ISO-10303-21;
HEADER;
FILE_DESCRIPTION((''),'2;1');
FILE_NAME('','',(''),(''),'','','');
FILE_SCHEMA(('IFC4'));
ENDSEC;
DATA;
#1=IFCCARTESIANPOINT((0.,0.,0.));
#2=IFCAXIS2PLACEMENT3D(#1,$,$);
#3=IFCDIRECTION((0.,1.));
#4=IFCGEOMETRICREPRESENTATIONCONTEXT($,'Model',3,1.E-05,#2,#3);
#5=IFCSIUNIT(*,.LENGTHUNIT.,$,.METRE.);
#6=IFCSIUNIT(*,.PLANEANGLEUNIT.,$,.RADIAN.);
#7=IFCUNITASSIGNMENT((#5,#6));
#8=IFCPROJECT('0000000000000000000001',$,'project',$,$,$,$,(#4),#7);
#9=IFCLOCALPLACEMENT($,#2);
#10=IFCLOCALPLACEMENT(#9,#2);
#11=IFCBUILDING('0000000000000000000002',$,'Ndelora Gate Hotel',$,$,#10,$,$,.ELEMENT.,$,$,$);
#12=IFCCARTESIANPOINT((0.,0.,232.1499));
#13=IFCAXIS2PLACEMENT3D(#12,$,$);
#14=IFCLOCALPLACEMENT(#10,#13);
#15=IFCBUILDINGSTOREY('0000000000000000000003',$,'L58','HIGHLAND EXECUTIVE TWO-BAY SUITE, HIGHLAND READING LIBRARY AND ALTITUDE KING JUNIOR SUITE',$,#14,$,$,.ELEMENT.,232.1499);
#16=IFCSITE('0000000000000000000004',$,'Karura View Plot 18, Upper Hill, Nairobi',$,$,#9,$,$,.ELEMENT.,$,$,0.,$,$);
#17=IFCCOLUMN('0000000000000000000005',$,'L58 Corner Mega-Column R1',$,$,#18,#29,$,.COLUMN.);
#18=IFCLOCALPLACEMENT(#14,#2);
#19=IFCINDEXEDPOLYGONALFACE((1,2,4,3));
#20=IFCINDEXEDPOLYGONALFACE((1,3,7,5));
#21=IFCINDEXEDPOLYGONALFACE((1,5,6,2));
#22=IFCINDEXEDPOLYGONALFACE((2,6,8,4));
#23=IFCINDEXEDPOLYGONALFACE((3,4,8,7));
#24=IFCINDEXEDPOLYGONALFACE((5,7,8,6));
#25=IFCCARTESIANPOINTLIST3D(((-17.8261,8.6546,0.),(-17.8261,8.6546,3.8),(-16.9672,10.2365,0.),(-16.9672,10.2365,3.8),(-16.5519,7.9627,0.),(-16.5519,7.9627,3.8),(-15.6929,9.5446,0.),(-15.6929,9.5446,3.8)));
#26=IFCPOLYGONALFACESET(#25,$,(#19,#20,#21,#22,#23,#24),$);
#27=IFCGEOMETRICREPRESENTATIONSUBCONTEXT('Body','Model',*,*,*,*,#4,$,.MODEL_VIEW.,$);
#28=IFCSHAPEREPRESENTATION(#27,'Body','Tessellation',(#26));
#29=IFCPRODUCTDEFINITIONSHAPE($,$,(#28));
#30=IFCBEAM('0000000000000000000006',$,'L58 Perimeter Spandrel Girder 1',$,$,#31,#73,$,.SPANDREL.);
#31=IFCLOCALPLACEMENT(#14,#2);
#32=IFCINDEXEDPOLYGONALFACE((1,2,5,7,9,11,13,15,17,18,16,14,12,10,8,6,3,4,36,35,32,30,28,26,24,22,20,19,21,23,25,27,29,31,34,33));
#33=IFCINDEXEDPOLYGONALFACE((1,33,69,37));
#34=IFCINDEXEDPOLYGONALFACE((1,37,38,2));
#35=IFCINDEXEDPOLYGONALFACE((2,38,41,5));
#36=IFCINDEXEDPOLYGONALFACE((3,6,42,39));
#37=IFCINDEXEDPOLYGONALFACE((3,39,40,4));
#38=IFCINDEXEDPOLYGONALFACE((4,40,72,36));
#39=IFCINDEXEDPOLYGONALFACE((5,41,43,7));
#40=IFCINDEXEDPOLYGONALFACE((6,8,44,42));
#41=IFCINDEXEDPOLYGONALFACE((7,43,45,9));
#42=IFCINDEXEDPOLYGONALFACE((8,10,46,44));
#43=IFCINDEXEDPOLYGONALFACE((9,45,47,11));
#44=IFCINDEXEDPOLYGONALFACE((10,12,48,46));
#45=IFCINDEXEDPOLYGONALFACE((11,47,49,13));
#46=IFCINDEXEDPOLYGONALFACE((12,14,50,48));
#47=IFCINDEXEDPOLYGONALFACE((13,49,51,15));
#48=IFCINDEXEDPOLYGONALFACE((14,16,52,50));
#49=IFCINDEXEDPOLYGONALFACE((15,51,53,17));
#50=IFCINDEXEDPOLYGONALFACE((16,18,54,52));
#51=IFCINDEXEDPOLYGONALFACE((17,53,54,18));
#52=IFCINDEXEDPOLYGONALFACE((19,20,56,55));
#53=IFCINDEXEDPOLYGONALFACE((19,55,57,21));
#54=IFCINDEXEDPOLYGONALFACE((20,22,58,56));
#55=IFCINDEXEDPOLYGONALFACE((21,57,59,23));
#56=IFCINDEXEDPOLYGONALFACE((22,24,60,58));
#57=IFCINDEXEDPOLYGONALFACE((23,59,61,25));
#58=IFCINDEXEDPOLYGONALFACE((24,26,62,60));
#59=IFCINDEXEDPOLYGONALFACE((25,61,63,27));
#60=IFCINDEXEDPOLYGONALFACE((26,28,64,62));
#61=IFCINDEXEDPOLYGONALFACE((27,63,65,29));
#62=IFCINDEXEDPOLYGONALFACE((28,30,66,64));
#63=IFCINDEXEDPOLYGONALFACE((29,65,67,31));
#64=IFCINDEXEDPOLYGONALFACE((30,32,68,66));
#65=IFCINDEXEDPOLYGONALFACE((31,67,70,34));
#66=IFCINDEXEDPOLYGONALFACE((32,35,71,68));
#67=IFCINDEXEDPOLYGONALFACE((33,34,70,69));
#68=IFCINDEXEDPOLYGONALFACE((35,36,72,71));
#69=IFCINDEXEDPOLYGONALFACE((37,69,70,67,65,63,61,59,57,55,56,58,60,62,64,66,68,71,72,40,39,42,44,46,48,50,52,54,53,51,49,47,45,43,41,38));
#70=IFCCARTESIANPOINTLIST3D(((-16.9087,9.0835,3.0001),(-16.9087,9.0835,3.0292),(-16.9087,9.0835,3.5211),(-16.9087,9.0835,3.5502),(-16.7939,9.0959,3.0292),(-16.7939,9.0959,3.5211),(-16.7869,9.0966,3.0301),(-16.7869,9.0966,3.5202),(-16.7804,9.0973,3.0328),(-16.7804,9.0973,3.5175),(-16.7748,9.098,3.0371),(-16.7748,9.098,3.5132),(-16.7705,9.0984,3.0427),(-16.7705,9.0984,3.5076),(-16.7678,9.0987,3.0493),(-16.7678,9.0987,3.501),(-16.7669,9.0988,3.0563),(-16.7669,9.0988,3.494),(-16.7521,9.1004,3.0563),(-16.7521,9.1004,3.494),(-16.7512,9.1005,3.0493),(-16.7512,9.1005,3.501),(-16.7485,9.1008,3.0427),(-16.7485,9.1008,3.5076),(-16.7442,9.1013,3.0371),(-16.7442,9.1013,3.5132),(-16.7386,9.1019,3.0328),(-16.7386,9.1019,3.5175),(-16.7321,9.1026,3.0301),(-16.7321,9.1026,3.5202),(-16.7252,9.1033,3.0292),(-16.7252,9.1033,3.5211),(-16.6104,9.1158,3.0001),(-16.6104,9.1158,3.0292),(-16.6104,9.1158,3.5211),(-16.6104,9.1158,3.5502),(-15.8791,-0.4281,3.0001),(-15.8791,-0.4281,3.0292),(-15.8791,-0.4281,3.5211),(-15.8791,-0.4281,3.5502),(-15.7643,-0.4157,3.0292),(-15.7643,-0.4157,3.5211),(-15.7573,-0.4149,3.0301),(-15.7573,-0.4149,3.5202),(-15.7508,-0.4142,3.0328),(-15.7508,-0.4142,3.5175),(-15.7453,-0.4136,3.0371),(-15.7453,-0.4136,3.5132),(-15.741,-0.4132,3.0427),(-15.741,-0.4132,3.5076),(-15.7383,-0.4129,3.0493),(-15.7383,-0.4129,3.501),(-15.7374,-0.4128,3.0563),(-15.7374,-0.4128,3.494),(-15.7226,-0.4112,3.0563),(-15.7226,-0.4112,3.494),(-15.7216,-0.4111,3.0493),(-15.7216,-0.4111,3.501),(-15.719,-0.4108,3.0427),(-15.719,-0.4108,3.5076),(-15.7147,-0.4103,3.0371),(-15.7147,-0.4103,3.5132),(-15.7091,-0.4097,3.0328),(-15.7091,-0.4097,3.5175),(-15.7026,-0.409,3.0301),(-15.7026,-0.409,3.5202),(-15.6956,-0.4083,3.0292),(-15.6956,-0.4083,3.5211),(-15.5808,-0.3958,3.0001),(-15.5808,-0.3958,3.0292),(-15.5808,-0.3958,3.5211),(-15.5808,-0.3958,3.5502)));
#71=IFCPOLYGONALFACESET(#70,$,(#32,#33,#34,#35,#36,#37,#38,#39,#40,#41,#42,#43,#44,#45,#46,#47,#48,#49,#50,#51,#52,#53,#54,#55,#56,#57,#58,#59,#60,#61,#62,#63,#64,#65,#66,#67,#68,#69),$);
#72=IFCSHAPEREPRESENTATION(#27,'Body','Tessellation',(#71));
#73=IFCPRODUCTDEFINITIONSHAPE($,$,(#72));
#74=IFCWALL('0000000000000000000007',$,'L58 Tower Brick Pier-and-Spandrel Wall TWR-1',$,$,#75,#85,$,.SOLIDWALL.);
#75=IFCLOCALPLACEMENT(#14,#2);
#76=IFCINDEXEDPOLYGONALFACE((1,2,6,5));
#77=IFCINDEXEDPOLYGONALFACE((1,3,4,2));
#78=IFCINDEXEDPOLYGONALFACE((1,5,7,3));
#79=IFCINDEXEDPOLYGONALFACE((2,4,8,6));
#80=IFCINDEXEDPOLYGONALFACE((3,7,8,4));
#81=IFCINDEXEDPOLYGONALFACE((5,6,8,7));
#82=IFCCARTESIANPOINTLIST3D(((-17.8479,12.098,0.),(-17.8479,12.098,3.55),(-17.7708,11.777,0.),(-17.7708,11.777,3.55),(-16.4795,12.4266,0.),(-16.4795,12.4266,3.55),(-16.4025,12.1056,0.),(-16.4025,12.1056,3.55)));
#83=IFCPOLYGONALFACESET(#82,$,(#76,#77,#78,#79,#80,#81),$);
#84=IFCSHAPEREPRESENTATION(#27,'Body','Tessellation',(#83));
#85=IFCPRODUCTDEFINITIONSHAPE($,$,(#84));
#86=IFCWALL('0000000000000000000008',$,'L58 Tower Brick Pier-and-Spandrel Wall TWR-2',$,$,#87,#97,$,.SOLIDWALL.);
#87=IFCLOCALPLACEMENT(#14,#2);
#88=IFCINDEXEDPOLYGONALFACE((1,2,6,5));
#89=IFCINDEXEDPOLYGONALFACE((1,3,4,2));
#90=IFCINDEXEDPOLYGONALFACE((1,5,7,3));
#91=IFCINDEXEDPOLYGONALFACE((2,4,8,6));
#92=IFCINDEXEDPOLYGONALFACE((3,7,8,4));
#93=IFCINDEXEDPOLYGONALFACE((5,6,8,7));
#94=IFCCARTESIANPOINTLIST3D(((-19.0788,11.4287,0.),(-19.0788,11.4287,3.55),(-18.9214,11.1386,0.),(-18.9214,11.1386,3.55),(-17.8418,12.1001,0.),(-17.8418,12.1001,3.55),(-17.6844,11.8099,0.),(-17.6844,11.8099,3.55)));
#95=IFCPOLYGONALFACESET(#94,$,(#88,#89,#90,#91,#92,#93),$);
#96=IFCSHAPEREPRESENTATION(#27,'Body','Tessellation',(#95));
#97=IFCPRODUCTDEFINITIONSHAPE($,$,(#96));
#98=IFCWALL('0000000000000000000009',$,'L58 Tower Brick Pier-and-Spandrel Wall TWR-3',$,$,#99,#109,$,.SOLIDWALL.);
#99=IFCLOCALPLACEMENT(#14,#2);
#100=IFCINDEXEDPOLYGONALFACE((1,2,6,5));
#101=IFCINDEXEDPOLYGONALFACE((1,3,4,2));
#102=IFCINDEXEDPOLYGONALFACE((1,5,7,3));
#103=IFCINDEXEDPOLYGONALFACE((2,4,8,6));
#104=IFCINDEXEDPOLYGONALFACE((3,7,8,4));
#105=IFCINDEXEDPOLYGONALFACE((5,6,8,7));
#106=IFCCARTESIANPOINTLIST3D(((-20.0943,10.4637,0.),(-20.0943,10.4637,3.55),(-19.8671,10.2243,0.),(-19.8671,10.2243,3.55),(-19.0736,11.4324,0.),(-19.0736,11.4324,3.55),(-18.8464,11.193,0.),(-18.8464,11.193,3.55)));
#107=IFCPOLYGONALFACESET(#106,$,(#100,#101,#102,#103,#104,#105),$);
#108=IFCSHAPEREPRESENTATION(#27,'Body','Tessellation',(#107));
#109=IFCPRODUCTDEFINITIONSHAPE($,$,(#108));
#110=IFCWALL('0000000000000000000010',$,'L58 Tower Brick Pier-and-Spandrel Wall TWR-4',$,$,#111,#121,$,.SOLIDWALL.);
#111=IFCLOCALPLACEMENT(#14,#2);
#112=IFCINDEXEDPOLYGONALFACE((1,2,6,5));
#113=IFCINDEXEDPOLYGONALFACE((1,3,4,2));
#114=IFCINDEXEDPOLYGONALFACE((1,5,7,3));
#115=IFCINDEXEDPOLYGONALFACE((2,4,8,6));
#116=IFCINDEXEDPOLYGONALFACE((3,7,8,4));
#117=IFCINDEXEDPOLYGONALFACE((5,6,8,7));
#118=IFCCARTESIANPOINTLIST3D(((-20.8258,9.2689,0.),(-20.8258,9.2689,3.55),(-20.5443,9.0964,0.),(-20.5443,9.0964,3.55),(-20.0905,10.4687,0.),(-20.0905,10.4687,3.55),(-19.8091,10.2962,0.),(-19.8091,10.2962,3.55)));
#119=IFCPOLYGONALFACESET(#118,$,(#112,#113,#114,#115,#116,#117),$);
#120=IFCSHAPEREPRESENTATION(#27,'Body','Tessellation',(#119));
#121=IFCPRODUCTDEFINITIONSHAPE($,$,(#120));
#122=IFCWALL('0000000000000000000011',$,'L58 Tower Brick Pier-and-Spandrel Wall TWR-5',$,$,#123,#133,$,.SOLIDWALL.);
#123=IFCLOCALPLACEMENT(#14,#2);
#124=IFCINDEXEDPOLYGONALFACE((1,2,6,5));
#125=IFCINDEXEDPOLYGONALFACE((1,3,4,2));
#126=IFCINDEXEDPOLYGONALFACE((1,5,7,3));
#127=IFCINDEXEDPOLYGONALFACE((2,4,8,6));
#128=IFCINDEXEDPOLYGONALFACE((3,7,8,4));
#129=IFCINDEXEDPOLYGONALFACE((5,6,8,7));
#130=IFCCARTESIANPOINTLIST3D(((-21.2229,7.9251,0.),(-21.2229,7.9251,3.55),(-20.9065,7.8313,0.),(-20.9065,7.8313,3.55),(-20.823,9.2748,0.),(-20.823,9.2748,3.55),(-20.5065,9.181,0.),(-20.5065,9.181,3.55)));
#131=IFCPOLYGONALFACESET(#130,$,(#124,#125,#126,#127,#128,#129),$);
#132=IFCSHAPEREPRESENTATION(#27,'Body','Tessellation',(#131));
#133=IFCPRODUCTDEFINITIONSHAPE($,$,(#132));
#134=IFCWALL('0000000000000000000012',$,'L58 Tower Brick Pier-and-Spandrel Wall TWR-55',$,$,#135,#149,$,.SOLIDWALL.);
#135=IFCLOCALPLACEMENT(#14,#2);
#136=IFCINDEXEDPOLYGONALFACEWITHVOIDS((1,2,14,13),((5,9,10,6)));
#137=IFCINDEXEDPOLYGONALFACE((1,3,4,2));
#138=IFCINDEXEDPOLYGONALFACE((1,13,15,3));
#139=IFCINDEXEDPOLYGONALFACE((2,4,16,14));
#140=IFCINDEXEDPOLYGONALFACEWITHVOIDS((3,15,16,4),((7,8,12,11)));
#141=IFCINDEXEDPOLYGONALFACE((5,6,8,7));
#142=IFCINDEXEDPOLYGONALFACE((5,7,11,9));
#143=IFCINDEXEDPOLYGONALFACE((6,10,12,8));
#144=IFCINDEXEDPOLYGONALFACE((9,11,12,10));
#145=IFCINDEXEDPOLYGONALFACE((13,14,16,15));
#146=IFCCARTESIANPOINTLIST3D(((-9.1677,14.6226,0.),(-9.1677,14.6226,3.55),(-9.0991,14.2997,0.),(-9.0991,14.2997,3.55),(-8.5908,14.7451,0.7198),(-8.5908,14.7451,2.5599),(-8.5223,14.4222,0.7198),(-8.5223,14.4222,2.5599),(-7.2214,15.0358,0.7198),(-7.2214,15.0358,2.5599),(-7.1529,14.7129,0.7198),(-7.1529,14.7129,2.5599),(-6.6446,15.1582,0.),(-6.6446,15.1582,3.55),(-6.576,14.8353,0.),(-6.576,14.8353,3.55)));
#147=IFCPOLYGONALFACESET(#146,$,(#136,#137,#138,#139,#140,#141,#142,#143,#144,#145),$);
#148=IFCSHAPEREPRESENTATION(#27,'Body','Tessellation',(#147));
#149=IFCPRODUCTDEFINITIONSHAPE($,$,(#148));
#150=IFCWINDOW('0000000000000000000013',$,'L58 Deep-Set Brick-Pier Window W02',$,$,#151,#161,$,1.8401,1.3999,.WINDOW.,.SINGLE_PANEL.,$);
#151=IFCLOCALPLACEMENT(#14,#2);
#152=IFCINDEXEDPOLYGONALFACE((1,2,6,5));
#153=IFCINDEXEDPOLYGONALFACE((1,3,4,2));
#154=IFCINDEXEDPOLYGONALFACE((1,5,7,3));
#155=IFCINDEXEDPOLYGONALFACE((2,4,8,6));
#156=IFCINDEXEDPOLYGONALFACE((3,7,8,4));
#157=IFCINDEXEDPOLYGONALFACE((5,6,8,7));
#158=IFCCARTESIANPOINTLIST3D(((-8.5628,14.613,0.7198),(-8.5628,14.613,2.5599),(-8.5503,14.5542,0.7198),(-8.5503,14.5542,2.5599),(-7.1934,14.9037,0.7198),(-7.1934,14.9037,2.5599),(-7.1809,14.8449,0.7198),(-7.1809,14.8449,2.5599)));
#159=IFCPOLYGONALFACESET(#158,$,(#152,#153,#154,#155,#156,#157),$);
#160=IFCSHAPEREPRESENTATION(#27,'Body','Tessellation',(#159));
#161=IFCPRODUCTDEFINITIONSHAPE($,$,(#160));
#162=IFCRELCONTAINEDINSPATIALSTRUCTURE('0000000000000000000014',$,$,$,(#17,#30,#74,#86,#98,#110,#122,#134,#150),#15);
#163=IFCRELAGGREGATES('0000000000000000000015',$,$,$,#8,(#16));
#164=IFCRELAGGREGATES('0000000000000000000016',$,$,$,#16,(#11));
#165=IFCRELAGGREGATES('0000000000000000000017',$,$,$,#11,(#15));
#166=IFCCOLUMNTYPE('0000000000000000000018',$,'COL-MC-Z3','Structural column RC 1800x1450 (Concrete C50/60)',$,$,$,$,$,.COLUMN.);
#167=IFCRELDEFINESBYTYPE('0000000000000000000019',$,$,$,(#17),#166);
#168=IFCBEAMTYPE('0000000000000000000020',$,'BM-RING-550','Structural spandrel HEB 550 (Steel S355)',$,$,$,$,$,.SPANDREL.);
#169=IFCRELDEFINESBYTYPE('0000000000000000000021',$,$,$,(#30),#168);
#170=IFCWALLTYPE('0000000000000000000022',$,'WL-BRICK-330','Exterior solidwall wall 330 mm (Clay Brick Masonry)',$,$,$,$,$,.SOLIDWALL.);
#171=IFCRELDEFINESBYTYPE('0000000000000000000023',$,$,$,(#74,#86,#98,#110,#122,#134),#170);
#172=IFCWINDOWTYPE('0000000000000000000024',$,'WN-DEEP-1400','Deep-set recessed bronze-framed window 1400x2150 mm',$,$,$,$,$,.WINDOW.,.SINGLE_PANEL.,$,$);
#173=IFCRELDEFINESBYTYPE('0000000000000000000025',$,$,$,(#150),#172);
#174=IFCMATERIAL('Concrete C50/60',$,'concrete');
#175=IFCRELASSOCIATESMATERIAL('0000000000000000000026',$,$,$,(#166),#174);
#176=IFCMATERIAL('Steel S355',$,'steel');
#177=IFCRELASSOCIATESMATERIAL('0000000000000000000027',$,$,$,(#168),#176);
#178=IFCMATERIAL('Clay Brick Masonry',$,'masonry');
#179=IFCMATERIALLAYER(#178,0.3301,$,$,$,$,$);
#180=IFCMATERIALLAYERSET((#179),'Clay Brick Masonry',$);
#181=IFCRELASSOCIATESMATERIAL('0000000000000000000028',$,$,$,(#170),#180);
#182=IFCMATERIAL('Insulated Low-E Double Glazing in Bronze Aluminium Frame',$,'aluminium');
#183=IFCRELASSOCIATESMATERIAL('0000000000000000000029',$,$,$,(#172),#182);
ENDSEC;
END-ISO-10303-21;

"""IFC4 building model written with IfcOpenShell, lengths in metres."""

from ifc_helpers import new_model, si_unit, direction, frame, frame_2d, origin, origin_2d, place, context, subcontext, project, spatial, rectangle, i_section, extrude, material, layer, layer_set, material_profile, profile_set, type_object, element, fill, save


model = new_model("IFC4")

# Units and contexts
model_context = context("Model", 3, precision=1e-05, world=origin(), true_north=direction((0.0, 1.0)))
body_context = subcontext(model_context, "Body", "Model", "MODEL_VIEW")
ifc_project = project(units=[si_unit("LENGTHUNIT", "METRE"), si_unit("PLANEANGLEUNIT", "RADIAN")], contexts=[model_context])

# Site, building, storey
site_placement = place(None, origin())
site = spatial("IfcSite", under=ifc_project, at=site_placement, Name="Karura View Plot 18, Upper Hill, Nairobi", CompositionType="ELEMENT", RefElevation=0.0)
building_placement = place(site_placement, origin())
building = spatial("IfcBuilding", under=site, at=building_placement, Name="Ndelora Gate Hotel", CompositionType="ELEMENT")
storey_placement = place(building_placement, frame((0.0, 0.0, 232.1499)))
storey = spatial("IfcBuildingStorey", under=building, at=storey_placement, Name="L58", Description="HIGHLAND EXECUTIVE TWO-BAY SUITE, HIGHLAND READING LIBRARY AND ALTITUDE KING JUNIOR SUITE", CompositionType="ELEMENT", Elevation=232.1499)

# Column
ifc_material_1 = material(Name="Concrete C50/60", Category="concrete")
ifc_material_profile_1 = material_profile(ifc_material_1, rectangle(XDim=1.45, YDim=1.8, at=origin_2d()), Name="RC 1800x1450")
ifc_profile_set_1 = profile_set([ifc_material_profile_1], Name="Concrete C50/60")
column_type = type_object("IfcColumnType", Name="COL-MC-Z3", Description="Structural column RC 1800x1450 (Concrete C50/60)", PredefinedType="COLUMN", material=ifc_profile_set_1)
column_placement = place(storey_placement, frame((-16.7595, 9.0996, 0.0), z_axis=(0.0, 0.0, 1.0), x_axis=(-0.878817, 0.477159, 0.0)))
element("IfcColumn", 1, at=column_placement, inside=storey, type_object=column_type, Name="L58 Corner Mega-Column R1", PredefinedType="COLUMN", context=body_context, shape_type="SweptSolid", body=[
    extrude(rectangle(XDim=1.45, YDim=1.8, at=origin_2d()), origin(), (0.0, 0.0, 1.0), 3.8),
])

# Beam
ifc_material_2 = material(Name="Steel S355", Category="steel")
ifc_material_profile_2 = material_profile(ifc_material_2, i_section(OverallWidth=0.3, OverallDepth=0.55, WebThickness=0.0149, FlangeThickness=0.0291, FilletRadius=0.0271, at=origin_2d()), Name="HEB 550")
ifc_profile_set_2 = profile_set([ifc_material_profile_2], Name="Steel S355")
beam_type = type_object("IfcBeamType", Name="BM-RING-550", Description="Structural spandrel HEB 550 (Steel S355)", PredefinedType="SPANDREL", material=ifc_profile_set_2)
beam_placement = place(storey_placement, frame((-16.7595, 9.0996, 3.2751), z_axis=(0.107613, -0.994193, 0.0), x_axis=(0.994193, 0.107613, 0.0)))
element("IfcBeam", 2, at=beam_placement, inside=storey, type_object=beam_type, Name="L58 Perimeter Spandrel Girder 1", PredefinedType="SPANDREL", context=body_context, shape_type="SweptSolid", body=[
    extrude(i_section(OverallWidth=0.3, OverallDepth=0.55, WebThickness=0.0149, FlangeThickness=0.0291, FilletRadius=0.0271, at=origin_2d()), origin(), (0.0, 0.0, 1.0), 9.5671),
])

# Walls
ifc_material_3 = material(Name="Clay Brick Masonry", Category="masonry")
ifc_layer_1 = layer(ifc_material_3, 0.3301)
ifc_layer_set_1 = layer_set([ifc_layer_1], Name="Clay Brick Masonry")
wall_type_1 = type_object("IfcWallType", Name="WL-BRICK-330", Description="Exterior solidwall wall 330 mm (Clay Brick Masonry)", PredefinedType="SOLIDWALL", material=ifc_layer_set_1)
wall_1_placement = place(storey_placement, frame((-17.8093, 11.9375, 0.0), z_axis=(0.0, 0.0, 1.0), x_axis=(0.972356, 0.233504, 0.0)))
element("IfcWall", 3, at=wall_1_placement, inside=storey, type_object=wall_type_1, Name="L58 Tower Brick Pier-and-Spandrel Wall TWR-1", PredefinedType="SOLIDWALL", context=body_context, shape_type="SweptSolid", body=[
    extrude(rectangle(XDim=1.4072, YDim=0.3301, at=frame_2d((0.7036, 0.0))), origin(), (0.0, 0.0, 1.0), 3.55),
])
wall_2_placement = place(storey_placement, frame((-19.0, 11.2837, 0.0), z_axis=(0.0, 0.0, 1.0), x_axis=(0.878901, 0.477004, 0.0)))
element("IfcWall", 4, at=wall_2_placement, inside=storey, type_object=wall_type_1, Name="L58 Tower Brick Pier-and-Spandrel Wall TWR-2", PredefinedType="SOLIDWALL", context=body_context, shape_type="SweptSolid", body=[
    extrude(rectangle(XDim=1.4075, YDim=0.3301, at=frame_2d((0.7036, 0.0))), origin(), (0.0, 0.0, 1.0), 3.55),
])
for number, where, z_axis, x_axis, name in (
    (5, (-19.9807, 10.344, 0.0), (0.0, 0.0, 1.0), (0.725342, 0.688389, 0.0), "L58 Tower Brick Pier-and-Spandrel Wall TWR-3"),
    (6, (-20.6851, 9.1826, 0.0), (0.0, 0.0, 1.0), (0.522509, 0.852634, 0.0), "L58 Tower Brick Pier-and-Spandrel Wall TWR-4"),
):
    element("IfcWall", number, at=place(storey_placement, frame(where, z_axis=z_axis, x_axis=x_axis)), inside=storey, type_object=wall_type_1, Name=name, PredefinedType="SOLIDWALL", context=body_context, shape_type="SweptSolid", body=[
        extrude(rectangle(XDim=1.4072, YDim=0.3301, at=frame_2d((0.7036, 0.0))), origin(), (0.0, 0.0, 1.0), 3.55),
    ])
wall_3_placement = place(storey_placement, frame((-21.0647, 7.8782, 0.0), z_axis=(0.0, 0.0, 1.0), x_axis=(0.2841, 0.958795, 0.0)))
element("IfcWall", 7, at=wall_3_placement, inside=storey, type_object=wall_type_1, Name="L58 Tower Brick Pier-and-Spandrel Wall TWR-5", PredefinedType="SOLIDWALL", context=body_context, shape_type="SweptSolid", body=[
    extrude(rectangle(XDim=1.4077, YDim=0.3301, at=frame_2d((0.7039, 0.0))), origin(), (0.0, 0.0, 1.0), 3.55),
])

# Wall, opening, window
wall_4_placement = place(storey_placement, frame((-9.1333, 14.4612, 0.0), z_axis=(0.0, 0.0, 1.0), x_axis=(0.978201, 0.207661, 0.0)))
wall_4 = element("IfcWall", 8, at=wall_4_placement, inside=storey, type_object=wall_type_1, Name="L58 Tower Brick Pier-and-Spandrel Wall TWR-55", PredefinedType="SOLIDWALL", context=body_context, shape_type="SweptSolid", body=[
    extrude(rectangle(XDim=2.5793, YDim=0.3301, at=frame_2d((1.2896, 0.0))), origin(), (0.0, 0.0, 1.0), 3.55),
])
opening_1_placement = place(wall_4_placement, frame((0.5896, 0.0, 0.72)))
opening_1 = element("IfcOpeningElement", 9, at=opening_1_placement, cuts=wall_4, PredefinedType="OPENING", context=body_context, shape_type="SweptSolid", body=[
    extrude(rectangle(XDim=1.3999, YDim=1.8401, at=frame_2d((0.7, 0.9199))), frame((0.0, 0.175, 0.0), z_axis=(0.0, -1.0, 0.0), x_axis=(1.0, 0.0, 0.0)), (0.0, 0.0, 1.0), 0.3501),
])
ifc_material_4 = material(Name="Insulated Low-E Double Glazing in Bronze Aluminium Frame", Category="aluminium")
window_type = type_object("IfcWindowType", Name="WN-DEEP-1400", Description="Deep-set recessed bronze-framed window 1400x2150 mm", PartitioningType="SINGLE_PANEL", PredefinedType="WINDOW", material=ifc_material_4)
window_1_placement = place(opening_1_placement, origin())
window_1 = element("IfcWindow", 10, at=window_1_placement, inside=storey, type_object=window_type, Name="L58 Deep-Set Brick-Pier Window W02", OverallHeight=1.8401, OverallWidth=1.3999, PartitioningType="SINGLE_PANEL", PredefinedType="WINDOW", context=body_context, shape_type="SweptSolid", body=[
    extrude(rectangle(XDim=1.3999, YDim=1.8401, at=frame_2d((0.7, 0.9199))), frame((0.0, 0.03, 0.0), z_axis=(0.0, -1.0, 0.0), x_axis=(1.0, 0.0, 0.0)), (0.0, 0.0, 1.0), 0.0601),
])
fill(opening_1, window_1)

save(model, "model.ifc")
